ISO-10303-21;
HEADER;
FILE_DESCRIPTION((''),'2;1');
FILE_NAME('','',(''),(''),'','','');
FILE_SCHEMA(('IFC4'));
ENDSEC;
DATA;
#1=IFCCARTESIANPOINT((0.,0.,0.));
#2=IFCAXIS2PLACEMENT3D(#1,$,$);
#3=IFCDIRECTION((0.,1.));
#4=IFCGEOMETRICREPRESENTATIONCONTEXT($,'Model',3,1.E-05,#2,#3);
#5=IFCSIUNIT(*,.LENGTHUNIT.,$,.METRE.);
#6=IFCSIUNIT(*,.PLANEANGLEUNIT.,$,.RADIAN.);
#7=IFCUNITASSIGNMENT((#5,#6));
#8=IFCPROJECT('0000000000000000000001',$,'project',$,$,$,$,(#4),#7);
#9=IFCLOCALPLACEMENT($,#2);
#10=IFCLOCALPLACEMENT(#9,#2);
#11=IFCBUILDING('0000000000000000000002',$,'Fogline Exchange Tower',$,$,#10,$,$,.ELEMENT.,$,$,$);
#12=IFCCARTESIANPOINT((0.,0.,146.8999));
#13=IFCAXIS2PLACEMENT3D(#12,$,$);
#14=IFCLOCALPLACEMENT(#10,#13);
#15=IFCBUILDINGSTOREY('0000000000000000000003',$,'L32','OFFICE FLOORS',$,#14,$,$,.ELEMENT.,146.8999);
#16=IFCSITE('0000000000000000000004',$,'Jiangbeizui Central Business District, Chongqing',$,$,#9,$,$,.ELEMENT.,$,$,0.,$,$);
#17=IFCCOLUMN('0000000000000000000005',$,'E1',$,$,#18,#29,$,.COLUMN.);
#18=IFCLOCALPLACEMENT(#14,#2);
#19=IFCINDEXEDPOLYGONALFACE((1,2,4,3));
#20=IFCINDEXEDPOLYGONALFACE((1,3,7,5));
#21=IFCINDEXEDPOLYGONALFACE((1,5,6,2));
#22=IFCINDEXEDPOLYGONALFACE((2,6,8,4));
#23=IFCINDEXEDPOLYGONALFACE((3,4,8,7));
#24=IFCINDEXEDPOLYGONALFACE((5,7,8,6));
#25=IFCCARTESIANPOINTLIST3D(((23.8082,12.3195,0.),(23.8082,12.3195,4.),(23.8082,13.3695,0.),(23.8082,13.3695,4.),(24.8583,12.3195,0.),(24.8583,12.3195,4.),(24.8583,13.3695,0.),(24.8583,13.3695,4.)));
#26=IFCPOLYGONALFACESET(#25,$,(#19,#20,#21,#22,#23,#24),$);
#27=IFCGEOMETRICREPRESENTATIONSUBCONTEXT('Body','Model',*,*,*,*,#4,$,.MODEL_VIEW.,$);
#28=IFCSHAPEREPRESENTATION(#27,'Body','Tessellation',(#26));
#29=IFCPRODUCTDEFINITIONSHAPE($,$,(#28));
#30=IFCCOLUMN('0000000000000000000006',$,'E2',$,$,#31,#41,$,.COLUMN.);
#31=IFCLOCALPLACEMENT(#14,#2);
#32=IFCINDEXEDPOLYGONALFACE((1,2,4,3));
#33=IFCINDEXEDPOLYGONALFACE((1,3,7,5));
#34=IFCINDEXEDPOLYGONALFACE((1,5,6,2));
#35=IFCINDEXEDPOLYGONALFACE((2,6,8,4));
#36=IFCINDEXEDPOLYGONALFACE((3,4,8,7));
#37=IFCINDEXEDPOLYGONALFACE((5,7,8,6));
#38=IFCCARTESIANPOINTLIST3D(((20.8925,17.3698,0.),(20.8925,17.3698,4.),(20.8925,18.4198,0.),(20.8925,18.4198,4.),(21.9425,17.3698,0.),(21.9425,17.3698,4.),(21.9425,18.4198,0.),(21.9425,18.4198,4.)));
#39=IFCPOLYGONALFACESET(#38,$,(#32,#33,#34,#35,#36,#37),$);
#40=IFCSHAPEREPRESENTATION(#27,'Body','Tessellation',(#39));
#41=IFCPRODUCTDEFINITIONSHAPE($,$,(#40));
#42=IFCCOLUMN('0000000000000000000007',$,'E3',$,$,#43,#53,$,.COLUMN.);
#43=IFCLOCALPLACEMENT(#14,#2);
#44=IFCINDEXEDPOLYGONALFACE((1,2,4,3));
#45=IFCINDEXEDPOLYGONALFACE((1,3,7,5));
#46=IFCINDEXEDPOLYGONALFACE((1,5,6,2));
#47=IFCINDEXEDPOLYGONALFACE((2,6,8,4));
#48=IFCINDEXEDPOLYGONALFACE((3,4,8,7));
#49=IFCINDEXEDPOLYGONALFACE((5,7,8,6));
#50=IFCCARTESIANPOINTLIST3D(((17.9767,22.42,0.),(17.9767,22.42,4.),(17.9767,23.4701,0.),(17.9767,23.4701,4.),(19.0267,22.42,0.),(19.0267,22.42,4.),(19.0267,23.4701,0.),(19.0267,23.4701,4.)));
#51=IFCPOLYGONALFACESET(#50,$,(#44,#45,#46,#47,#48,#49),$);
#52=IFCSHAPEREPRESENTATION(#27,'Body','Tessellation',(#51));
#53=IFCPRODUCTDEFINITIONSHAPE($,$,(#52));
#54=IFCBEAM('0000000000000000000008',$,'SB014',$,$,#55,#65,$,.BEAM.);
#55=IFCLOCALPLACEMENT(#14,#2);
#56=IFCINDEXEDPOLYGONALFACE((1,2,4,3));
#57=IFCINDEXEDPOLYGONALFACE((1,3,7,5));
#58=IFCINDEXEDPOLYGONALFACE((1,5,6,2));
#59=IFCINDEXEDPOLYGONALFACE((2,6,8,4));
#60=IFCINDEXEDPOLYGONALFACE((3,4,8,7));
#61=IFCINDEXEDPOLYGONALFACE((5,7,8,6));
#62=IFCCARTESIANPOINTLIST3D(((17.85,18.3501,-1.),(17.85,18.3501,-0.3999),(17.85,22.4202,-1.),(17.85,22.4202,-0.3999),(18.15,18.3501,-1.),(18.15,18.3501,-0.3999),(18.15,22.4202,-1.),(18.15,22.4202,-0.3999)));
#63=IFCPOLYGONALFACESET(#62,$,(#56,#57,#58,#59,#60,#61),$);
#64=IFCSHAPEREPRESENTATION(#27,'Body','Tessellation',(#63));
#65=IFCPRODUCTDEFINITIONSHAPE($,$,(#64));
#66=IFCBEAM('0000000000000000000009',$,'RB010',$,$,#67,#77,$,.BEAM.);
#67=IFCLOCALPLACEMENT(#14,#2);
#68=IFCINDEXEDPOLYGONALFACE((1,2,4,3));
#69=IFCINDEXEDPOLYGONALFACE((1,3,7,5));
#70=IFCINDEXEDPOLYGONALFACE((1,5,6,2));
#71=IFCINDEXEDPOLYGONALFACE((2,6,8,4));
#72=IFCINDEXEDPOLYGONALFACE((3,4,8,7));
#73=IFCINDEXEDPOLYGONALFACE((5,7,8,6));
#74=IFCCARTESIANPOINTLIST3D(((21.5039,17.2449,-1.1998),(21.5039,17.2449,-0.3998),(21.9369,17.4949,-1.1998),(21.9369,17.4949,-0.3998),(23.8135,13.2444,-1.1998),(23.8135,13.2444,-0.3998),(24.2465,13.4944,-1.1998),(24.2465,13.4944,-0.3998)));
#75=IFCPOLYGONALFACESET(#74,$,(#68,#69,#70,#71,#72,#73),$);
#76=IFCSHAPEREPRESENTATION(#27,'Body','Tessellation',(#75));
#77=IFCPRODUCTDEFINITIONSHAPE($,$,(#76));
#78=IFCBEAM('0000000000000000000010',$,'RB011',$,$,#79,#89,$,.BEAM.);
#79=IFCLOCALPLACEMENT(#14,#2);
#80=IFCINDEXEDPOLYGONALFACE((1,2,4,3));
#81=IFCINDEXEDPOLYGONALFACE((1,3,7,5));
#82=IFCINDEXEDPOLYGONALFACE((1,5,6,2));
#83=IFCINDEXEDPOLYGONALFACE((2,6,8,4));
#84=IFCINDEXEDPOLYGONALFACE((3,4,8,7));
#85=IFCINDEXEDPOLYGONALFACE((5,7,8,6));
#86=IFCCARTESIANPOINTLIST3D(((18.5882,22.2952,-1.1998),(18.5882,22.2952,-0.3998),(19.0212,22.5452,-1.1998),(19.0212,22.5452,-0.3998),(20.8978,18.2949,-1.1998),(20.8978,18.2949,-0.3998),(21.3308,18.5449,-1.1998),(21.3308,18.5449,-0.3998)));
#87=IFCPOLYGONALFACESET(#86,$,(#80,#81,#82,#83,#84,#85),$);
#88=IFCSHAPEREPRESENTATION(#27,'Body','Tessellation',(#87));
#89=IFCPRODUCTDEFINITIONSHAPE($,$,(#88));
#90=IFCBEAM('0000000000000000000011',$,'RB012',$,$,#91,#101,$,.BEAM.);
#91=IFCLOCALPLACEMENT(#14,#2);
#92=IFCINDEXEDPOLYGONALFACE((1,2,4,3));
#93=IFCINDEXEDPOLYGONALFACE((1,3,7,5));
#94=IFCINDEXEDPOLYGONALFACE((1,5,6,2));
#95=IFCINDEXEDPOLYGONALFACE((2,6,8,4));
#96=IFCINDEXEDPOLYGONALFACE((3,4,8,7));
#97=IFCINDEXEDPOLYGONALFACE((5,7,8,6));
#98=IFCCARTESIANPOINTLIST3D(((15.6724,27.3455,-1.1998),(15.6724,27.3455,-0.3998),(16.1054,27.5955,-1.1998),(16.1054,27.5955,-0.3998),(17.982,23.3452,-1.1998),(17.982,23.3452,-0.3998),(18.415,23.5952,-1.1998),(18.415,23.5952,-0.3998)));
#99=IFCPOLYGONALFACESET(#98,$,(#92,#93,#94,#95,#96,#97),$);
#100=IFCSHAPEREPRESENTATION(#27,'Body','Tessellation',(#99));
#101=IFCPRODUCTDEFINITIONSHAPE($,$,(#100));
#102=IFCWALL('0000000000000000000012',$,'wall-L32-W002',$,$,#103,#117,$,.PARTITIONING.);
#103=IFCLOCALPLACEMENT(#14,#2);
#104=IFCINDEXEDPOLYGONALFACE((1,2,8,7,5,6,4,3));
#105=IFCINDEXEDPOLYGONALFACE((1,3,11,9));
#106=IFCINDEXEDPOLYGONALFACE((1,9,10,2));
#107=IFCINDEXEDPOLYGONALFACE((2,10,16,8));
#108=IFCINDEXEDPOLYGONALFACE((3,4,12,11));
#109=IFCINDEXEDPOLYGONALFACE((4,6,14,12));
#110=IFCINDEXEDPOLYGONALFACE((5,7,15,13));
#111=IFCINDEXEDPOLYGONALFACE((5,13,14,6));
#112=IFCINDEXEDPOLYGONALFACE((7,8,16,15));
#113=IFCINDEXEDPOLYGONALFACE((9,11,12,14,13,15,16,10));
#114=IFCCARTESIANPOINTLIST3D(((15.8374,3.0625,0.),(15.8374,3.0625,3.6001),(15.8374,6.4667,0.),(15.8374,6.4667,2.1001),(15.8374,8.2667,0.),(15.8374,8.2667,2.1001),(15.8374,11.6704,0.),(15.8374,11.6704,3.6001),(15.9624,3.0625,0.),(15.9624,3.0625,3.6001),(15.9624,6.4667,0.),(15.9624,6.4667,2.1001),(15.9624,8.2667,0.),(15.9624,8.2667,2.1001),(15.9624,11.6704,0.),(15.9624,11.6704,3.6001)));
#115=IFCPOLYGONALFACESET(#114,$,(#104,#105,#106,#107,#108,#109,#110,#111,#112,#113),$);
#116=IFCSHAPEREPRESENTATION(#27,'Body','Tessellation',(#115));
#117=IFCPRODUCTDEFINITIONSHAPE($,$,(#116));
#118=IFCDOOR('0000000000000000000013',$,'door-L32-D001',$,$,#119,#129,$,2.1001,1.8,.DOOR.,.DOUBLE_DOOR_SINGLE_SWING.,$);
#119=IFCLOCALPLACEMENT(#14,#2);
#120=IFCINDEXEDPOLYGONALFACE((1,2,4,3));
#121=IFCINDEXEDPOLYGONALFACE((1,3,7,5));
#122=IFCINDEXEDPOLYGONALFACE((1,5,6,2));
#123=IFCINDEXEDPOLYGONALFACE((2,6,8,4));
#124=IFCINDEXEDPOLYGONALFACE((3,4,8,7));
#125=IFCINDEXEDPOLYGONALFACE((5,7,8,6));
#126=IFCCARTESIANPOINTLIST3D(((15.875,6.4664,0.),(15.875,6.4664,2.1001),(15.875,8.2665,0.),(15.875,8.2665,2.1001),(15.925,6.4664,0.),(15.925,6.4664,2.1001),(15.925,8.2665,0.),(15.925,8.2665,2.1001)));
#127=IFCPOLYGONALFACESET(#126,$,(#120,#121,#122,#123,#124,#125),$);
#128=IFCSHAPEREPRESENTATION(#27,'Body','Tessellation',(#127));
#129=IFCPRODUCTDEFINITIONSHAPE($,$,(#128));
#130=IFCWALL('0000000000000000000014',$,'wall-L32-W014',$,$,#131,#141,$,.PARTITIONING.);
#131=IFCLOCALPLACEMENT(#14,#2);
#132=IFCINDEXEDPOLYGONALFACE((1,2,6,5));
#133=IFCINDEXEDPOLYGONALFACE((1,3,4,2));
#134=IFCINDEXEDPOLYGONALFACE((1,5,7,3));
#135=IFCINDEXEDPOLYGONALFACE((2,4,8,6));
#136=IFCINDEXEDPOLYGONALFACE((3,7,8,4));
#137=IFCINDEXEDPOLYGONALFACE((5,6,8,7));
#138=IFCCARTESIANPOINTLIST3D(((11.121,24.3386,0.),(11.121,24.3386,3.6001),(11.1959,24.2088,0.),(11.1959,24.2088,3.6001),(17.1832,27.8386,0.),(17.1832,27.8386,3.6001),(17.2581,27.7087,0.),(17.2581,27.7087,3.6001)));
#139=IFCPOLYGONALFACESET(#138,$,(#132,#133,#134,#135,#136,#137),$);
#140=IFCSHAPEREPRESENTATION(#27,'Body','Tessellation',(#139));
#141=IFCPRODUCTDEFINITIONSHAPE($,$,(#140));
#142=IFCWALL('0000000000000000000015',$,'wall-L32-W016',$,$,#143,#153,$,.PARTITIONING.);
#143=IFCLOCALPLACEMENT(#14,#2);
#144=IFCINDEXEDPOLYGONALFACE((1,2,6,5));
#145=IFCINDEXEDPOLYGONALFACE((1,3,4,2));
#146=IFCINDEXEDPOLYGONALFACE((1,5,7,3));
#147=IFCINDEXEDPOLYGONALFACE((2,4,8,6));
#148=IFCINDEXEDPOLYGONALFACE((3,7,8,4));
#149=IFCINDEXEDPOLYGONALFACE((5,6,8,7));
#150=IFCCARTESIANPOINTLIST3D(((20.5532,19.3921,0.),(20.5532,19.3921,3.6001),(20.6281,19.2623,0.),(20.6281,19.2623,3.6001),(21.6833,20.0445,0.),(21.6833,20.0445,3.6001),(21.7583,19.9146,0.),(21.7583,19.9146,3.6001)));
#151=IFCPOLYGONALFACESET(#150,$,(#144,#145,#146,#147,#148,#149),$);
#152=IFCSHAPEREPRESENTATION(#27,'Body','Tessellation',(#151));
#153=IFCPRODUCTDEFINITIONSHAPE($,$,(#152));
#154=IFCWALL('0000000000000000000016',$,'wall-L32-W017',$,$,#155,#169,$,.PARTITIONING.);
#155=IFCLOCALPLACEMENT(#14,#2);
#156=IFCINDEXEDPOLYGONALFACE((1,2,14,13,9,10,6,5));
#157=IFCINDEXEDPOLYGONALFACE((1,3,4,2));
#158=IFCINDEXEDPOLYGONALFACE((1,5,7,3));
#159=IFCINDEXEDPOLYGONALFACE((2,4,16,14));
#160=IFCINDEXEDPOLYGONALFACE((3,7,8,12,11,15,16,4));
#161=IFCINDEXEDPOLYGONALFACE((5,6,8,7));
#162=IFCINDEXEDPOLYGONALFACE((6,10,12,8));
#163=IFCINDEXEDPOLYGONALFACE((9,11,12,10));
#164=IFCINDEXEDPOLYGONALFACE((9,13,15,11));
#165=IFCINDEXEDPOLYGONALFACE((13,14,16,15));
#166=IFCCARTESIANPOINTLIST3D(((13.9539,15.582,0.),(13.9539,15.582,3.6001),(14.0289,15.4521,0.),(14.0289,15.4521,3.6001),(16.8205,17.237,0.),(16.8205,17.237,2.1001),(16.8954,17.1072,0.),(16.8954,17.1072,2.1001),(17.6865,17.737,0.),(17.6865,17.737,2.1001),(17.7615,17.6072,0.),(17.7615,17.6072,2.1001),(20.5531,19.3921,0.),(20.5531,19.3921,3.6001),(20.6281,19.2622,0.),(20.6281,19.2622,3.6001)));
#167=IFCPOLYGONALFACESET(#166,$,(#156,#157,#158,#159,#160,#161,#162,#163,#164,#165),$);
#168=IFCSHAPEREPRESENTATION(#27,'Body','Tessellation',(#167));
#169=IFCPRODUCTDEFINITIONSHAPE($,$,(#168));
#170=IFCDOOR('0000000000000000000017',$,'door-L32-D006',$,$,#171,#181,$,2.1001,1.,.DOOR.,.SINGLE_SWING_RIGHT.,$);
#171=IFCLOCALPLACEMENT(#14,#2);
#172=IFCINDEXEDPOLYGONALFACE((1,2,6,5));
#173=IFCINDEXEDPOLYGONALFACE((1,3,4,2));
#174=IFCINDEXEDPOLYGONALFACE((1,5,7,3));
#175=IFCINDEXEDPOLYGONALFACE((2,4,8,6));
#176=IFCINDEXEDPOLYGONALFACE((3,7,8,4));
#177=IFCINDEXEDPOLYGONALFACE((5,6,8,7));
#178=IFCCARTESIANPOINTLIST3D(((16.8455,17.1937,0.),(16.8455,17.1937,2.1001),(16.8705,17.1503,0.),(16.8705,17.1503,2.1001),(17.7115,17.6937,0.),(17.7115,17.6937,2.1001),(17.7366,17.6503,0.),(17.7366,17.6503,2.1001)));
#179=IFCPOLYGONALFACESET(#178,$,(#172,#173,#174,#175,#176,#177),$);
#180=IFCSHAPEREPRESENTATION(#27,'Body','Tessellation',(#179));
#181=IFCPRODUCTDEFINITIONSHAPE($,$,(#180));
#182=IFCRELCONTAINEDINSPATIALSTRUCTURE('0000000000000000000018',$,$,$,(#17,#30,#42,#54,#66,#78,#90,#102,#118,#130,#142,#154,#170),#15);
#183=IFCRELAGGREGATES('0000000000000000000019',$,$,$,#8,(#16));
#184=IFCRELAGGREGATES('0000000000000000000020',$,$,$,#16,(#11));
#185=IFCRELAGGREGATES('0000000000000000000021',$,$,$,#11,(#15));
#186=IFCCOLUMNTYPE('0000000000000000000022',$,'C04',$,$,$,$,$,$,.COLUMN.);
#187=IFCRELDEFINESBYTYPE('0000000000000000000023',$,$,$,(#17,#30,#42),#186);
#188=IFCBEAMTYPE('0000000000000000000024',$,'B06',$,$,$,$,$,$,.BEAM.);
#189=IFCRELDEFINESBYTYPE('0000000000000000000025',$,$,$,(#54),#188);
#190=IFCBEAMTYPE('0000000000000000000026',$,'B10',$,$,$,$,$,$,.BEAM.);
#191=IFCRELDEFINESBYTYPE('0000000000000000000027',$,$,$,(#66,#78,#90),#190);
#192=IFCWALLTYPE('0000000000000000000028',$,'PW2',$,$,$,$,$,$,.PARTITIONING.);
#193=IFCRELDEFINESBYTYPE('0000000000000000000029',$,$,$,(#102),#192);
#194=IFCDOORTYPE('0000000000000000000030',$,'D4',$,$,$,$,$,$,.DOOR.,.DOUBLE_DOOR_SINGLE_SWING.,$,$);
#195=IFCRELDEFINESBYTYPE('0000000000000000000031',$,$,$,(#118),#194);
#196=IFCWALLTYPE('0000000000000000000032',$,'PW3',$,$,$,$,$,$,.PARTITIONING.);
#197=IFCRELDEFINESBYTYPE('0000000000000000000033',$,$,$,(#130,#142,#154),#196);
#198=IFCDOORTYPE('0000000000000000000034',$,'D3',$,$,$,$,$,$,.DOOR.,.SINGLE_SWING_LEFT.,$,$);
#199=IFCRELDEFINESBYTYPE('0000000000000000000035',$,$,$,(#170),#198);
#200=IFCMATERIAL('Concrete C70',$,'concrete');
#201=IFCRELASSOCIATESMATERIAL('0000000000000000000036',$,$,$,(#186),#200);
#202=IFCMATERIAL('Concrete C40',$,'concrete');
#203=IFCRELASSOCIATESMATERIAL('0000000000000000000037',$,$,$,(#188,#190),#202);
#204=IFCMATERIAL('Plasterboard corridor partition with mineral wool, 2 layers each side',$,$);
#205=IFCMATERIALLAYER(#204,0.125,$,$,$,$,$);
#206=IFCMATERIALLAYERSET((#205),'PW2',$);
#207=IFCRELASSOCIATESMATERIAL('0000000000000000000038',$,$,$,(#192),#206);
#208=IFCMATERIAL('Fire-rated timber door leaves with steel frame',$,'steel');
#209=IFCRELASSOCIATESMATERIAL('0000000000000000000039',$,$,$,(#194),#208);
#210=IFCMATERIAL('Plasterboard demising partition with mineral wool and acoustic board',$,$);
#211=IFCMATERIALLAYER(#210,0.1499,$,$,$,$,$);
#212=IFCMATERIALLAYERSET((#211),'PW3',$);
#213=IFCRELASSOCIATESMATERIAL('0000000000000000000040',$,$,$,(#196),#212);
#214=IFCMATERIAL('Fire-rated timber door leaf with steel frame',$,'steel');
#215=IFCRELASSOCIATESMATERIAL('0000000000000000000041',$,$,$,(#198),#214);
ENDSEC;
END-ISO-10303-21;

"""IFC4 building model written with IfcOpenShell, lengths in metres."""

from ifc_helpers import new_model, si_unit, direction, frame, frame_2d, origin, origin_2d, place, context, subcontext, project, spatial, rectangle, extrude, material, layer, layer_set, material_profile, profile_set, type_object, element, fill, save


model = new_model("IFC4")

# Units and contexts
model_context = context("Model", 3, precision=1e-05, world=origin(), true_north=direction((0.0, 1.0)))
body_context = subcontext(model_context, "Body", "Model", "MODEL_VIEW")
ifc_project = project(units=[si_unit("LENGTHUNIT", "METRE"), si_unit("PLANEANGLEUNIT", "RADIAN")], contexts=[model_context])

# Site, building, storey
site_placement = place(None, origin())
site = spatial("IfcSite", under=ifc_project, at=site_placement, Name="Jiangbeizui Central Business District, Chongqing", CompositionType="ELEMENT", RefElevation=0.0)
building_placement = place(site_placement, origin())
building = spatial("IfcBuilding", under=site, at=building_placement, Name="Fogline Exchange Tower", CompositionType="ELEMENT")
storey_placement = place(building_placement, frame((0.0, 0.0, 146.8999)))
storey = spatial("IfcBuildingStorey", under=building, at=storey_placement, Name="L32", Description="OFFICE FLOORS", CompositionType="ELEMENT", Elevation=146.8999)

# Columns
ifc_material_1 = material(Name="Concrete C70", Category="concrete")
ifc_material_profile_1 = material_profile(ifc_material_1, rectangle(XDim=1.05, YDim=1.05, at=origin_2d()), Name="RC 1050x1050")
ifc_profile_set_1 = profile_set([ifc_material_profile_1], Name="Concrete C70")
column_type = type_object("IfcColumnType", Name="C04", PredefinedType="COLUMN", material=ifc_profile_set_1)
for number, where, z_axis, x_axis, name in (
    (1, (24.3333, 12.8445, 0.0), (0.0, 0.0, 1.0), (1.0, 0.0, 0.0), "E1"),
    (2, (21.4175, 17.8948, 0.0), (0.0, 0.0, 1.0), (1.0, 0.0, 0.0), "E2"),
    (3, (18.5017, 22.9451, 0.0), (0.0, 0.0, 1.0), (1.0, 0.0, 0.0), "E3"),
):
    element("IfcColumn", number, at=place(storey_placement, frame(where, z_axis=z_axis, x_axis=x_axis)), inside=storey, type_object=column_type, Name=name, PredefinedType="COLUMN", context=body_context, shape_type="SweptSolid", body=[
        extrude(rectangle(XDim=1.05, YDim=1.05, at=origin_2d()), origin(), (0.0, 0.0, 1.0), 4.0),
    ])

# Beams
ifc_material_2 = material(Name="Concrete C40", Category="concrete")
ifc_material_profile_2 = material_profile(ifc_material_2, rectangle(XDim=0.3, YDim=0.6001, at=origin_2d()), Name="RC 300x600")
ifc_profile_set_2 = profile_set([ifc_material_profile_2], Name="Concrete C40")
beam_type_1 = type_object("IfcBeamType", Name="B06", PredefinedType="BEAM", material=ifc_profile_set_2)
beam_1_placement = place(storey_placement, frame((18.0, 18.3501, -0.7), z_axis=(0.0, 1.0, 0.0), x_axis=(-1.0, 0.0, 0.0)))
element("IfcBeam", 4, at=beam_1_placement, inside=storey, type_object=beam_type_1, Name="SB014", PredefinedType="BEAM", context=body_context, shape_type="SweptSolid", body=[
    extrude(rectangle(XDim=0.3, YDim=0.6001, at=origin_2d()), origin(), (0.0, 0.0, 1.0), 4.0701),
])
ifc_material_profile_3 = material_profile(ifc_material_2, rectangle(XDim=0.5, YDim=0.8, at=origin_2d()), Name="RC 500x800")
ifc_profile_set_3 = profile_set([ifc_material_profile_3], Name="Concrete C40")
beam_type_2 = type_object("IfcBeamType", Name="B10", PredefinedType="BEAM", material=ifc_profile_set_3)
beam_2_placement = place(storey_placement, frame((24.03, 13.3694, -0.7998), z_axis=(-0.499982, 0.866036, 0.0), x_axis=(-0.866036, -0.499982, 0.0)))
element("IfcBeam", 5, at=beam_2_placement, inside=storey, type_object=beam_type_2, Name="RB010", PredefinedType="BEAM", context=body_context, shape_type="SweptSolid", body=[
    extrude(rectangle(XDim=0.5, YDim=0.8, at=origin_2d()), origin(), (0.0, 0.0, 1.0), 4.6194),
])
for number, where, z_axis, x_axis, name in (
    (6, (21.1143, 18.4199, -0.7998), (-0.500005, 0.866023, 0.0), (-0.866023, -0.500005, 0.0), "RB011"),
    (7, (18.1985, 23.4702, -0.7998), (-0.500005, 0.866023, 0.0), (-0.866023, -0.500005, 0.0), "RB012"),
):
    element("IfcBeam", number, at=place(storey_placement, frame(where, z_axis=z_axis, x_axis=x_axis)), inside=storey, type_object=beam_type_2, Name=name, PredefinedType="BEAM", context=body_context, shape_type="SweptSolid", body=[
        extrude(rectangle(XDim=0.5, YDim=0.8, at=origin_2d()), origin(), (0.0, 0.0, 1.0), 4.6191),
    ])

# Wall, opening, door
ifc_material_3 = material(Name="Plasterboard corridor partition with mineral wool, 2 layers each side")
ifc_layer_1 = layer(ifc_material_3, 0.125)
ifc_layer_set_1 = layer_set([ifc_layer_1], Name="PW2")
wall_type_1 = type_object("IfcWallType", Name="PW2", PredefinedType="PARTITIONING", material=ifc_layer_set_1)
wall_1_placement = place(storey_placement, frame((15.8999, 11.6704, 0.0), z_axis=(0.0, 0.0, 1.0), x_axis=(0.0, -1.0, 0.0)))
wall_1 = element("IfcWall", 8, at=wall_1_placement, inside=storey, type_object=wall_type_1, Name="wall-L32-W002", PredefinedType="PARTITIONING", context=body_context, shape_type="SweptSolid", body=[
    extrude(rectangle(XDim=8.6079, YDim=0.125, at=frame_2d((4.304, 0.0))), origin(), (0.0, 0.0, 1.0), 3.6001),
])
opening_1_placement = place(wall_1_placement, frame((3.4038, 0.0, 0.0)))
opening_1 = element("IfcOpeningElement", 9, at=opening_1_placement, cuts=wall_1, PredefinedType="OPENING", context=body_context, shape_type="SweptSolid", body=[
    extrude(rectangle(XDim=1.8, YDim=2.1001, at=frame_2d((0.8999, 1.05))), frame((0.0, 0.0725, 0.0), z_axis=(0.0, -1.0, 0.0), x_axis=(1.0, 0.0, 0.0)), (0.0, 0.0, 1.0), 0.145),
])
ifc_material_4 = material(Name="Fire-rated timber door leaves with steel frame", Category="steel")
door_type_1 = type_object("IfcDoorType", Name="D4", OperationType="DOUBLE_DOOR_SINGLE_SWING", PredefinedType="DOOR", material=ifc_material_4)
door_1_placement = place(opening_1_placement, frame((1.8, 0.0, 0.0), z_axis=(0.0, 0.0, 1.0), x_axis=(-1.0, 0.0, 0.0)))
door_1 = element("IfcDoor", 10, at=door_1_placement, inside=storey, type_object=door_type_1, Name="door-L32-D001", OperationType="DOUBLE_DOOR_SINGLE_SWING", OverallHeight=2.1001, OverallWidth=1.8, PredefinedType="DOOR", context=body_context, shape_type="SweptSolid", body=[
    extrude(rectangle(XDim=1.8, YDim=2.1001, at=frame_2d((0.8999, 1.05))), frame((0.0, 0.0249, 0.0), z_axis=(0.0, -1.0, 0.0), x_axis=(1.0, 0.0, 0.0)), (0.0, 0.0, 1.0), 0.05),
])
fill(opening_1, door_1)

# Walls
ifc_material_5 = material(Name="Plasterboard demising partition with mineral wool and acoustic board")
ifc_layer_2 = layer(ifc_material_5, 0.1499)
ifc_layer_set_2 = layer_set([ifc_layer_2], Name="PW3")
wall_type_2 = type_object("IfcWallType", Name="PW3", PredefinedType="PARTITIONING", material=ifc_layer_set_2)
wall_2_placement = place(storey_placement, frame((11.1584, 24.2737, 0.0), z_axis=(0.0, 0.0, 1.0), x_axis=(0.866028, 0.499995, 0.0)))
element("IfcWall", 11, at=wall_2_placement, inside=storey, type_object=wall_type_2, Name="wall-L32-W014", PredefinedType="PARTITIONING", context=body_context, shape_type="SweptSolid", body=[
    extrude(rectangle(XDim=7.0, YDim=0.1499, at=frame_2d((3.5, 0.0))), origin(), (0.0, 0.0, 1.0), 3.6001),
])
wall_3_placement = place(storey_placement, frame((21.7207, 19.9795, 0.0), z_axis=(0.0, 0.0, 1.0), x_axis=(-0.86607, -0.499922, 0.0)))
element("IfcWall", 12, at=wall_3_placement, inside=storey, type_object=wall_type_2, Name="wall-L32-W016", PredefinedType="PARTITIONING", context=body_context, shape_type="SweptSolid", body=[
    extrude(rectangle(XDim=1.3049, YDim=0.1499, at=frame_2d((0.6523, 0.0))), origin(), (0.0, 0.0, 1.0), 3.6001),
])

# Wall, opening, door
wall_4_placement = place(storey_placement, frame((20.5906, 19.3271, 0.0), z_axis=(0.0, 0.0, 1.0), x_axis=(-0.866022, -0.500005, 0.0)))
wall_4 = element("IfcWall", 13, at=wall_4_placement, inside=storey, type_object=wall_type_2, Name="wall-L32-W017", PredefinedType="PARTITIONING", context=body_context, shape_type="SweptSolid", body=[
    extrude(rectangle(XDim=7.6201, YDim=0.1499, at=frame_2d((3.8101, 0.0))), origin(), (0.0, 0.0, 1.0), 3.6001),
])
opening_2_placement = place(wall_4_placement, frame((3.3101, 0.0, 0.0)))
opening_2 = element("IfcOpeningElement", 14, at=opening_2_placement, cuts=wall_4, PredefinedType="OPENING", context=body_context, shape_type="SweptSolid", body=[
    extrude(rectangle(XDim=1.0, YDim=2.1001, at=frame_2d((0.5, 1.05))), frame((0.0, 0.085, 0.0), z_axis=(0.0, -1.0, 0.0), x_axis=(1.0, 0.0, 0.0)), (0.0, 0.0, 1.0), 0.1699),
])
ifc_material_6 = material(Name="Fire-rated timber door leaf with steel frame", Category="steel")
door_type_2 = type_object("IfcDoorType", Name="D3", OperationType="SINGLE_SWING_LEFT", PredefinedType="DOOR", material=ifc_material_6)
door_2_placement = place(opening_2_placement, frame((1.0, 0.0, 0.0), z_axis=(0.0, 0.0, 1.0), x_axis=(-1.0, 0.0, 0.0)))
door_2 = element("IfcDoor", 15, at=door_2_placement, inside=storey, type_object=door_type_2, Name="door-L32-D006", OperationType="SINGLE_SWING_RIGHT", OverallHeight=2.1001, OverallWidth=1.0, PredefinedType="DOOR", context=body_context, shape_type="SweptSolid", body=[
    extrude(rectangle(XDim=1.0, YDim=2.1001, at=frame_2d((0.5, 1.05))), frame((0.0, 0.0249, 0.0), z_axis=(0.0, -1.0, 0.0), x_axis=(1.0, 0.0, 0.0)), (0.0, 0.0, 1.0), 0.05),
])
fill(opening_2, door_2)

save(model, "model.ifc")
